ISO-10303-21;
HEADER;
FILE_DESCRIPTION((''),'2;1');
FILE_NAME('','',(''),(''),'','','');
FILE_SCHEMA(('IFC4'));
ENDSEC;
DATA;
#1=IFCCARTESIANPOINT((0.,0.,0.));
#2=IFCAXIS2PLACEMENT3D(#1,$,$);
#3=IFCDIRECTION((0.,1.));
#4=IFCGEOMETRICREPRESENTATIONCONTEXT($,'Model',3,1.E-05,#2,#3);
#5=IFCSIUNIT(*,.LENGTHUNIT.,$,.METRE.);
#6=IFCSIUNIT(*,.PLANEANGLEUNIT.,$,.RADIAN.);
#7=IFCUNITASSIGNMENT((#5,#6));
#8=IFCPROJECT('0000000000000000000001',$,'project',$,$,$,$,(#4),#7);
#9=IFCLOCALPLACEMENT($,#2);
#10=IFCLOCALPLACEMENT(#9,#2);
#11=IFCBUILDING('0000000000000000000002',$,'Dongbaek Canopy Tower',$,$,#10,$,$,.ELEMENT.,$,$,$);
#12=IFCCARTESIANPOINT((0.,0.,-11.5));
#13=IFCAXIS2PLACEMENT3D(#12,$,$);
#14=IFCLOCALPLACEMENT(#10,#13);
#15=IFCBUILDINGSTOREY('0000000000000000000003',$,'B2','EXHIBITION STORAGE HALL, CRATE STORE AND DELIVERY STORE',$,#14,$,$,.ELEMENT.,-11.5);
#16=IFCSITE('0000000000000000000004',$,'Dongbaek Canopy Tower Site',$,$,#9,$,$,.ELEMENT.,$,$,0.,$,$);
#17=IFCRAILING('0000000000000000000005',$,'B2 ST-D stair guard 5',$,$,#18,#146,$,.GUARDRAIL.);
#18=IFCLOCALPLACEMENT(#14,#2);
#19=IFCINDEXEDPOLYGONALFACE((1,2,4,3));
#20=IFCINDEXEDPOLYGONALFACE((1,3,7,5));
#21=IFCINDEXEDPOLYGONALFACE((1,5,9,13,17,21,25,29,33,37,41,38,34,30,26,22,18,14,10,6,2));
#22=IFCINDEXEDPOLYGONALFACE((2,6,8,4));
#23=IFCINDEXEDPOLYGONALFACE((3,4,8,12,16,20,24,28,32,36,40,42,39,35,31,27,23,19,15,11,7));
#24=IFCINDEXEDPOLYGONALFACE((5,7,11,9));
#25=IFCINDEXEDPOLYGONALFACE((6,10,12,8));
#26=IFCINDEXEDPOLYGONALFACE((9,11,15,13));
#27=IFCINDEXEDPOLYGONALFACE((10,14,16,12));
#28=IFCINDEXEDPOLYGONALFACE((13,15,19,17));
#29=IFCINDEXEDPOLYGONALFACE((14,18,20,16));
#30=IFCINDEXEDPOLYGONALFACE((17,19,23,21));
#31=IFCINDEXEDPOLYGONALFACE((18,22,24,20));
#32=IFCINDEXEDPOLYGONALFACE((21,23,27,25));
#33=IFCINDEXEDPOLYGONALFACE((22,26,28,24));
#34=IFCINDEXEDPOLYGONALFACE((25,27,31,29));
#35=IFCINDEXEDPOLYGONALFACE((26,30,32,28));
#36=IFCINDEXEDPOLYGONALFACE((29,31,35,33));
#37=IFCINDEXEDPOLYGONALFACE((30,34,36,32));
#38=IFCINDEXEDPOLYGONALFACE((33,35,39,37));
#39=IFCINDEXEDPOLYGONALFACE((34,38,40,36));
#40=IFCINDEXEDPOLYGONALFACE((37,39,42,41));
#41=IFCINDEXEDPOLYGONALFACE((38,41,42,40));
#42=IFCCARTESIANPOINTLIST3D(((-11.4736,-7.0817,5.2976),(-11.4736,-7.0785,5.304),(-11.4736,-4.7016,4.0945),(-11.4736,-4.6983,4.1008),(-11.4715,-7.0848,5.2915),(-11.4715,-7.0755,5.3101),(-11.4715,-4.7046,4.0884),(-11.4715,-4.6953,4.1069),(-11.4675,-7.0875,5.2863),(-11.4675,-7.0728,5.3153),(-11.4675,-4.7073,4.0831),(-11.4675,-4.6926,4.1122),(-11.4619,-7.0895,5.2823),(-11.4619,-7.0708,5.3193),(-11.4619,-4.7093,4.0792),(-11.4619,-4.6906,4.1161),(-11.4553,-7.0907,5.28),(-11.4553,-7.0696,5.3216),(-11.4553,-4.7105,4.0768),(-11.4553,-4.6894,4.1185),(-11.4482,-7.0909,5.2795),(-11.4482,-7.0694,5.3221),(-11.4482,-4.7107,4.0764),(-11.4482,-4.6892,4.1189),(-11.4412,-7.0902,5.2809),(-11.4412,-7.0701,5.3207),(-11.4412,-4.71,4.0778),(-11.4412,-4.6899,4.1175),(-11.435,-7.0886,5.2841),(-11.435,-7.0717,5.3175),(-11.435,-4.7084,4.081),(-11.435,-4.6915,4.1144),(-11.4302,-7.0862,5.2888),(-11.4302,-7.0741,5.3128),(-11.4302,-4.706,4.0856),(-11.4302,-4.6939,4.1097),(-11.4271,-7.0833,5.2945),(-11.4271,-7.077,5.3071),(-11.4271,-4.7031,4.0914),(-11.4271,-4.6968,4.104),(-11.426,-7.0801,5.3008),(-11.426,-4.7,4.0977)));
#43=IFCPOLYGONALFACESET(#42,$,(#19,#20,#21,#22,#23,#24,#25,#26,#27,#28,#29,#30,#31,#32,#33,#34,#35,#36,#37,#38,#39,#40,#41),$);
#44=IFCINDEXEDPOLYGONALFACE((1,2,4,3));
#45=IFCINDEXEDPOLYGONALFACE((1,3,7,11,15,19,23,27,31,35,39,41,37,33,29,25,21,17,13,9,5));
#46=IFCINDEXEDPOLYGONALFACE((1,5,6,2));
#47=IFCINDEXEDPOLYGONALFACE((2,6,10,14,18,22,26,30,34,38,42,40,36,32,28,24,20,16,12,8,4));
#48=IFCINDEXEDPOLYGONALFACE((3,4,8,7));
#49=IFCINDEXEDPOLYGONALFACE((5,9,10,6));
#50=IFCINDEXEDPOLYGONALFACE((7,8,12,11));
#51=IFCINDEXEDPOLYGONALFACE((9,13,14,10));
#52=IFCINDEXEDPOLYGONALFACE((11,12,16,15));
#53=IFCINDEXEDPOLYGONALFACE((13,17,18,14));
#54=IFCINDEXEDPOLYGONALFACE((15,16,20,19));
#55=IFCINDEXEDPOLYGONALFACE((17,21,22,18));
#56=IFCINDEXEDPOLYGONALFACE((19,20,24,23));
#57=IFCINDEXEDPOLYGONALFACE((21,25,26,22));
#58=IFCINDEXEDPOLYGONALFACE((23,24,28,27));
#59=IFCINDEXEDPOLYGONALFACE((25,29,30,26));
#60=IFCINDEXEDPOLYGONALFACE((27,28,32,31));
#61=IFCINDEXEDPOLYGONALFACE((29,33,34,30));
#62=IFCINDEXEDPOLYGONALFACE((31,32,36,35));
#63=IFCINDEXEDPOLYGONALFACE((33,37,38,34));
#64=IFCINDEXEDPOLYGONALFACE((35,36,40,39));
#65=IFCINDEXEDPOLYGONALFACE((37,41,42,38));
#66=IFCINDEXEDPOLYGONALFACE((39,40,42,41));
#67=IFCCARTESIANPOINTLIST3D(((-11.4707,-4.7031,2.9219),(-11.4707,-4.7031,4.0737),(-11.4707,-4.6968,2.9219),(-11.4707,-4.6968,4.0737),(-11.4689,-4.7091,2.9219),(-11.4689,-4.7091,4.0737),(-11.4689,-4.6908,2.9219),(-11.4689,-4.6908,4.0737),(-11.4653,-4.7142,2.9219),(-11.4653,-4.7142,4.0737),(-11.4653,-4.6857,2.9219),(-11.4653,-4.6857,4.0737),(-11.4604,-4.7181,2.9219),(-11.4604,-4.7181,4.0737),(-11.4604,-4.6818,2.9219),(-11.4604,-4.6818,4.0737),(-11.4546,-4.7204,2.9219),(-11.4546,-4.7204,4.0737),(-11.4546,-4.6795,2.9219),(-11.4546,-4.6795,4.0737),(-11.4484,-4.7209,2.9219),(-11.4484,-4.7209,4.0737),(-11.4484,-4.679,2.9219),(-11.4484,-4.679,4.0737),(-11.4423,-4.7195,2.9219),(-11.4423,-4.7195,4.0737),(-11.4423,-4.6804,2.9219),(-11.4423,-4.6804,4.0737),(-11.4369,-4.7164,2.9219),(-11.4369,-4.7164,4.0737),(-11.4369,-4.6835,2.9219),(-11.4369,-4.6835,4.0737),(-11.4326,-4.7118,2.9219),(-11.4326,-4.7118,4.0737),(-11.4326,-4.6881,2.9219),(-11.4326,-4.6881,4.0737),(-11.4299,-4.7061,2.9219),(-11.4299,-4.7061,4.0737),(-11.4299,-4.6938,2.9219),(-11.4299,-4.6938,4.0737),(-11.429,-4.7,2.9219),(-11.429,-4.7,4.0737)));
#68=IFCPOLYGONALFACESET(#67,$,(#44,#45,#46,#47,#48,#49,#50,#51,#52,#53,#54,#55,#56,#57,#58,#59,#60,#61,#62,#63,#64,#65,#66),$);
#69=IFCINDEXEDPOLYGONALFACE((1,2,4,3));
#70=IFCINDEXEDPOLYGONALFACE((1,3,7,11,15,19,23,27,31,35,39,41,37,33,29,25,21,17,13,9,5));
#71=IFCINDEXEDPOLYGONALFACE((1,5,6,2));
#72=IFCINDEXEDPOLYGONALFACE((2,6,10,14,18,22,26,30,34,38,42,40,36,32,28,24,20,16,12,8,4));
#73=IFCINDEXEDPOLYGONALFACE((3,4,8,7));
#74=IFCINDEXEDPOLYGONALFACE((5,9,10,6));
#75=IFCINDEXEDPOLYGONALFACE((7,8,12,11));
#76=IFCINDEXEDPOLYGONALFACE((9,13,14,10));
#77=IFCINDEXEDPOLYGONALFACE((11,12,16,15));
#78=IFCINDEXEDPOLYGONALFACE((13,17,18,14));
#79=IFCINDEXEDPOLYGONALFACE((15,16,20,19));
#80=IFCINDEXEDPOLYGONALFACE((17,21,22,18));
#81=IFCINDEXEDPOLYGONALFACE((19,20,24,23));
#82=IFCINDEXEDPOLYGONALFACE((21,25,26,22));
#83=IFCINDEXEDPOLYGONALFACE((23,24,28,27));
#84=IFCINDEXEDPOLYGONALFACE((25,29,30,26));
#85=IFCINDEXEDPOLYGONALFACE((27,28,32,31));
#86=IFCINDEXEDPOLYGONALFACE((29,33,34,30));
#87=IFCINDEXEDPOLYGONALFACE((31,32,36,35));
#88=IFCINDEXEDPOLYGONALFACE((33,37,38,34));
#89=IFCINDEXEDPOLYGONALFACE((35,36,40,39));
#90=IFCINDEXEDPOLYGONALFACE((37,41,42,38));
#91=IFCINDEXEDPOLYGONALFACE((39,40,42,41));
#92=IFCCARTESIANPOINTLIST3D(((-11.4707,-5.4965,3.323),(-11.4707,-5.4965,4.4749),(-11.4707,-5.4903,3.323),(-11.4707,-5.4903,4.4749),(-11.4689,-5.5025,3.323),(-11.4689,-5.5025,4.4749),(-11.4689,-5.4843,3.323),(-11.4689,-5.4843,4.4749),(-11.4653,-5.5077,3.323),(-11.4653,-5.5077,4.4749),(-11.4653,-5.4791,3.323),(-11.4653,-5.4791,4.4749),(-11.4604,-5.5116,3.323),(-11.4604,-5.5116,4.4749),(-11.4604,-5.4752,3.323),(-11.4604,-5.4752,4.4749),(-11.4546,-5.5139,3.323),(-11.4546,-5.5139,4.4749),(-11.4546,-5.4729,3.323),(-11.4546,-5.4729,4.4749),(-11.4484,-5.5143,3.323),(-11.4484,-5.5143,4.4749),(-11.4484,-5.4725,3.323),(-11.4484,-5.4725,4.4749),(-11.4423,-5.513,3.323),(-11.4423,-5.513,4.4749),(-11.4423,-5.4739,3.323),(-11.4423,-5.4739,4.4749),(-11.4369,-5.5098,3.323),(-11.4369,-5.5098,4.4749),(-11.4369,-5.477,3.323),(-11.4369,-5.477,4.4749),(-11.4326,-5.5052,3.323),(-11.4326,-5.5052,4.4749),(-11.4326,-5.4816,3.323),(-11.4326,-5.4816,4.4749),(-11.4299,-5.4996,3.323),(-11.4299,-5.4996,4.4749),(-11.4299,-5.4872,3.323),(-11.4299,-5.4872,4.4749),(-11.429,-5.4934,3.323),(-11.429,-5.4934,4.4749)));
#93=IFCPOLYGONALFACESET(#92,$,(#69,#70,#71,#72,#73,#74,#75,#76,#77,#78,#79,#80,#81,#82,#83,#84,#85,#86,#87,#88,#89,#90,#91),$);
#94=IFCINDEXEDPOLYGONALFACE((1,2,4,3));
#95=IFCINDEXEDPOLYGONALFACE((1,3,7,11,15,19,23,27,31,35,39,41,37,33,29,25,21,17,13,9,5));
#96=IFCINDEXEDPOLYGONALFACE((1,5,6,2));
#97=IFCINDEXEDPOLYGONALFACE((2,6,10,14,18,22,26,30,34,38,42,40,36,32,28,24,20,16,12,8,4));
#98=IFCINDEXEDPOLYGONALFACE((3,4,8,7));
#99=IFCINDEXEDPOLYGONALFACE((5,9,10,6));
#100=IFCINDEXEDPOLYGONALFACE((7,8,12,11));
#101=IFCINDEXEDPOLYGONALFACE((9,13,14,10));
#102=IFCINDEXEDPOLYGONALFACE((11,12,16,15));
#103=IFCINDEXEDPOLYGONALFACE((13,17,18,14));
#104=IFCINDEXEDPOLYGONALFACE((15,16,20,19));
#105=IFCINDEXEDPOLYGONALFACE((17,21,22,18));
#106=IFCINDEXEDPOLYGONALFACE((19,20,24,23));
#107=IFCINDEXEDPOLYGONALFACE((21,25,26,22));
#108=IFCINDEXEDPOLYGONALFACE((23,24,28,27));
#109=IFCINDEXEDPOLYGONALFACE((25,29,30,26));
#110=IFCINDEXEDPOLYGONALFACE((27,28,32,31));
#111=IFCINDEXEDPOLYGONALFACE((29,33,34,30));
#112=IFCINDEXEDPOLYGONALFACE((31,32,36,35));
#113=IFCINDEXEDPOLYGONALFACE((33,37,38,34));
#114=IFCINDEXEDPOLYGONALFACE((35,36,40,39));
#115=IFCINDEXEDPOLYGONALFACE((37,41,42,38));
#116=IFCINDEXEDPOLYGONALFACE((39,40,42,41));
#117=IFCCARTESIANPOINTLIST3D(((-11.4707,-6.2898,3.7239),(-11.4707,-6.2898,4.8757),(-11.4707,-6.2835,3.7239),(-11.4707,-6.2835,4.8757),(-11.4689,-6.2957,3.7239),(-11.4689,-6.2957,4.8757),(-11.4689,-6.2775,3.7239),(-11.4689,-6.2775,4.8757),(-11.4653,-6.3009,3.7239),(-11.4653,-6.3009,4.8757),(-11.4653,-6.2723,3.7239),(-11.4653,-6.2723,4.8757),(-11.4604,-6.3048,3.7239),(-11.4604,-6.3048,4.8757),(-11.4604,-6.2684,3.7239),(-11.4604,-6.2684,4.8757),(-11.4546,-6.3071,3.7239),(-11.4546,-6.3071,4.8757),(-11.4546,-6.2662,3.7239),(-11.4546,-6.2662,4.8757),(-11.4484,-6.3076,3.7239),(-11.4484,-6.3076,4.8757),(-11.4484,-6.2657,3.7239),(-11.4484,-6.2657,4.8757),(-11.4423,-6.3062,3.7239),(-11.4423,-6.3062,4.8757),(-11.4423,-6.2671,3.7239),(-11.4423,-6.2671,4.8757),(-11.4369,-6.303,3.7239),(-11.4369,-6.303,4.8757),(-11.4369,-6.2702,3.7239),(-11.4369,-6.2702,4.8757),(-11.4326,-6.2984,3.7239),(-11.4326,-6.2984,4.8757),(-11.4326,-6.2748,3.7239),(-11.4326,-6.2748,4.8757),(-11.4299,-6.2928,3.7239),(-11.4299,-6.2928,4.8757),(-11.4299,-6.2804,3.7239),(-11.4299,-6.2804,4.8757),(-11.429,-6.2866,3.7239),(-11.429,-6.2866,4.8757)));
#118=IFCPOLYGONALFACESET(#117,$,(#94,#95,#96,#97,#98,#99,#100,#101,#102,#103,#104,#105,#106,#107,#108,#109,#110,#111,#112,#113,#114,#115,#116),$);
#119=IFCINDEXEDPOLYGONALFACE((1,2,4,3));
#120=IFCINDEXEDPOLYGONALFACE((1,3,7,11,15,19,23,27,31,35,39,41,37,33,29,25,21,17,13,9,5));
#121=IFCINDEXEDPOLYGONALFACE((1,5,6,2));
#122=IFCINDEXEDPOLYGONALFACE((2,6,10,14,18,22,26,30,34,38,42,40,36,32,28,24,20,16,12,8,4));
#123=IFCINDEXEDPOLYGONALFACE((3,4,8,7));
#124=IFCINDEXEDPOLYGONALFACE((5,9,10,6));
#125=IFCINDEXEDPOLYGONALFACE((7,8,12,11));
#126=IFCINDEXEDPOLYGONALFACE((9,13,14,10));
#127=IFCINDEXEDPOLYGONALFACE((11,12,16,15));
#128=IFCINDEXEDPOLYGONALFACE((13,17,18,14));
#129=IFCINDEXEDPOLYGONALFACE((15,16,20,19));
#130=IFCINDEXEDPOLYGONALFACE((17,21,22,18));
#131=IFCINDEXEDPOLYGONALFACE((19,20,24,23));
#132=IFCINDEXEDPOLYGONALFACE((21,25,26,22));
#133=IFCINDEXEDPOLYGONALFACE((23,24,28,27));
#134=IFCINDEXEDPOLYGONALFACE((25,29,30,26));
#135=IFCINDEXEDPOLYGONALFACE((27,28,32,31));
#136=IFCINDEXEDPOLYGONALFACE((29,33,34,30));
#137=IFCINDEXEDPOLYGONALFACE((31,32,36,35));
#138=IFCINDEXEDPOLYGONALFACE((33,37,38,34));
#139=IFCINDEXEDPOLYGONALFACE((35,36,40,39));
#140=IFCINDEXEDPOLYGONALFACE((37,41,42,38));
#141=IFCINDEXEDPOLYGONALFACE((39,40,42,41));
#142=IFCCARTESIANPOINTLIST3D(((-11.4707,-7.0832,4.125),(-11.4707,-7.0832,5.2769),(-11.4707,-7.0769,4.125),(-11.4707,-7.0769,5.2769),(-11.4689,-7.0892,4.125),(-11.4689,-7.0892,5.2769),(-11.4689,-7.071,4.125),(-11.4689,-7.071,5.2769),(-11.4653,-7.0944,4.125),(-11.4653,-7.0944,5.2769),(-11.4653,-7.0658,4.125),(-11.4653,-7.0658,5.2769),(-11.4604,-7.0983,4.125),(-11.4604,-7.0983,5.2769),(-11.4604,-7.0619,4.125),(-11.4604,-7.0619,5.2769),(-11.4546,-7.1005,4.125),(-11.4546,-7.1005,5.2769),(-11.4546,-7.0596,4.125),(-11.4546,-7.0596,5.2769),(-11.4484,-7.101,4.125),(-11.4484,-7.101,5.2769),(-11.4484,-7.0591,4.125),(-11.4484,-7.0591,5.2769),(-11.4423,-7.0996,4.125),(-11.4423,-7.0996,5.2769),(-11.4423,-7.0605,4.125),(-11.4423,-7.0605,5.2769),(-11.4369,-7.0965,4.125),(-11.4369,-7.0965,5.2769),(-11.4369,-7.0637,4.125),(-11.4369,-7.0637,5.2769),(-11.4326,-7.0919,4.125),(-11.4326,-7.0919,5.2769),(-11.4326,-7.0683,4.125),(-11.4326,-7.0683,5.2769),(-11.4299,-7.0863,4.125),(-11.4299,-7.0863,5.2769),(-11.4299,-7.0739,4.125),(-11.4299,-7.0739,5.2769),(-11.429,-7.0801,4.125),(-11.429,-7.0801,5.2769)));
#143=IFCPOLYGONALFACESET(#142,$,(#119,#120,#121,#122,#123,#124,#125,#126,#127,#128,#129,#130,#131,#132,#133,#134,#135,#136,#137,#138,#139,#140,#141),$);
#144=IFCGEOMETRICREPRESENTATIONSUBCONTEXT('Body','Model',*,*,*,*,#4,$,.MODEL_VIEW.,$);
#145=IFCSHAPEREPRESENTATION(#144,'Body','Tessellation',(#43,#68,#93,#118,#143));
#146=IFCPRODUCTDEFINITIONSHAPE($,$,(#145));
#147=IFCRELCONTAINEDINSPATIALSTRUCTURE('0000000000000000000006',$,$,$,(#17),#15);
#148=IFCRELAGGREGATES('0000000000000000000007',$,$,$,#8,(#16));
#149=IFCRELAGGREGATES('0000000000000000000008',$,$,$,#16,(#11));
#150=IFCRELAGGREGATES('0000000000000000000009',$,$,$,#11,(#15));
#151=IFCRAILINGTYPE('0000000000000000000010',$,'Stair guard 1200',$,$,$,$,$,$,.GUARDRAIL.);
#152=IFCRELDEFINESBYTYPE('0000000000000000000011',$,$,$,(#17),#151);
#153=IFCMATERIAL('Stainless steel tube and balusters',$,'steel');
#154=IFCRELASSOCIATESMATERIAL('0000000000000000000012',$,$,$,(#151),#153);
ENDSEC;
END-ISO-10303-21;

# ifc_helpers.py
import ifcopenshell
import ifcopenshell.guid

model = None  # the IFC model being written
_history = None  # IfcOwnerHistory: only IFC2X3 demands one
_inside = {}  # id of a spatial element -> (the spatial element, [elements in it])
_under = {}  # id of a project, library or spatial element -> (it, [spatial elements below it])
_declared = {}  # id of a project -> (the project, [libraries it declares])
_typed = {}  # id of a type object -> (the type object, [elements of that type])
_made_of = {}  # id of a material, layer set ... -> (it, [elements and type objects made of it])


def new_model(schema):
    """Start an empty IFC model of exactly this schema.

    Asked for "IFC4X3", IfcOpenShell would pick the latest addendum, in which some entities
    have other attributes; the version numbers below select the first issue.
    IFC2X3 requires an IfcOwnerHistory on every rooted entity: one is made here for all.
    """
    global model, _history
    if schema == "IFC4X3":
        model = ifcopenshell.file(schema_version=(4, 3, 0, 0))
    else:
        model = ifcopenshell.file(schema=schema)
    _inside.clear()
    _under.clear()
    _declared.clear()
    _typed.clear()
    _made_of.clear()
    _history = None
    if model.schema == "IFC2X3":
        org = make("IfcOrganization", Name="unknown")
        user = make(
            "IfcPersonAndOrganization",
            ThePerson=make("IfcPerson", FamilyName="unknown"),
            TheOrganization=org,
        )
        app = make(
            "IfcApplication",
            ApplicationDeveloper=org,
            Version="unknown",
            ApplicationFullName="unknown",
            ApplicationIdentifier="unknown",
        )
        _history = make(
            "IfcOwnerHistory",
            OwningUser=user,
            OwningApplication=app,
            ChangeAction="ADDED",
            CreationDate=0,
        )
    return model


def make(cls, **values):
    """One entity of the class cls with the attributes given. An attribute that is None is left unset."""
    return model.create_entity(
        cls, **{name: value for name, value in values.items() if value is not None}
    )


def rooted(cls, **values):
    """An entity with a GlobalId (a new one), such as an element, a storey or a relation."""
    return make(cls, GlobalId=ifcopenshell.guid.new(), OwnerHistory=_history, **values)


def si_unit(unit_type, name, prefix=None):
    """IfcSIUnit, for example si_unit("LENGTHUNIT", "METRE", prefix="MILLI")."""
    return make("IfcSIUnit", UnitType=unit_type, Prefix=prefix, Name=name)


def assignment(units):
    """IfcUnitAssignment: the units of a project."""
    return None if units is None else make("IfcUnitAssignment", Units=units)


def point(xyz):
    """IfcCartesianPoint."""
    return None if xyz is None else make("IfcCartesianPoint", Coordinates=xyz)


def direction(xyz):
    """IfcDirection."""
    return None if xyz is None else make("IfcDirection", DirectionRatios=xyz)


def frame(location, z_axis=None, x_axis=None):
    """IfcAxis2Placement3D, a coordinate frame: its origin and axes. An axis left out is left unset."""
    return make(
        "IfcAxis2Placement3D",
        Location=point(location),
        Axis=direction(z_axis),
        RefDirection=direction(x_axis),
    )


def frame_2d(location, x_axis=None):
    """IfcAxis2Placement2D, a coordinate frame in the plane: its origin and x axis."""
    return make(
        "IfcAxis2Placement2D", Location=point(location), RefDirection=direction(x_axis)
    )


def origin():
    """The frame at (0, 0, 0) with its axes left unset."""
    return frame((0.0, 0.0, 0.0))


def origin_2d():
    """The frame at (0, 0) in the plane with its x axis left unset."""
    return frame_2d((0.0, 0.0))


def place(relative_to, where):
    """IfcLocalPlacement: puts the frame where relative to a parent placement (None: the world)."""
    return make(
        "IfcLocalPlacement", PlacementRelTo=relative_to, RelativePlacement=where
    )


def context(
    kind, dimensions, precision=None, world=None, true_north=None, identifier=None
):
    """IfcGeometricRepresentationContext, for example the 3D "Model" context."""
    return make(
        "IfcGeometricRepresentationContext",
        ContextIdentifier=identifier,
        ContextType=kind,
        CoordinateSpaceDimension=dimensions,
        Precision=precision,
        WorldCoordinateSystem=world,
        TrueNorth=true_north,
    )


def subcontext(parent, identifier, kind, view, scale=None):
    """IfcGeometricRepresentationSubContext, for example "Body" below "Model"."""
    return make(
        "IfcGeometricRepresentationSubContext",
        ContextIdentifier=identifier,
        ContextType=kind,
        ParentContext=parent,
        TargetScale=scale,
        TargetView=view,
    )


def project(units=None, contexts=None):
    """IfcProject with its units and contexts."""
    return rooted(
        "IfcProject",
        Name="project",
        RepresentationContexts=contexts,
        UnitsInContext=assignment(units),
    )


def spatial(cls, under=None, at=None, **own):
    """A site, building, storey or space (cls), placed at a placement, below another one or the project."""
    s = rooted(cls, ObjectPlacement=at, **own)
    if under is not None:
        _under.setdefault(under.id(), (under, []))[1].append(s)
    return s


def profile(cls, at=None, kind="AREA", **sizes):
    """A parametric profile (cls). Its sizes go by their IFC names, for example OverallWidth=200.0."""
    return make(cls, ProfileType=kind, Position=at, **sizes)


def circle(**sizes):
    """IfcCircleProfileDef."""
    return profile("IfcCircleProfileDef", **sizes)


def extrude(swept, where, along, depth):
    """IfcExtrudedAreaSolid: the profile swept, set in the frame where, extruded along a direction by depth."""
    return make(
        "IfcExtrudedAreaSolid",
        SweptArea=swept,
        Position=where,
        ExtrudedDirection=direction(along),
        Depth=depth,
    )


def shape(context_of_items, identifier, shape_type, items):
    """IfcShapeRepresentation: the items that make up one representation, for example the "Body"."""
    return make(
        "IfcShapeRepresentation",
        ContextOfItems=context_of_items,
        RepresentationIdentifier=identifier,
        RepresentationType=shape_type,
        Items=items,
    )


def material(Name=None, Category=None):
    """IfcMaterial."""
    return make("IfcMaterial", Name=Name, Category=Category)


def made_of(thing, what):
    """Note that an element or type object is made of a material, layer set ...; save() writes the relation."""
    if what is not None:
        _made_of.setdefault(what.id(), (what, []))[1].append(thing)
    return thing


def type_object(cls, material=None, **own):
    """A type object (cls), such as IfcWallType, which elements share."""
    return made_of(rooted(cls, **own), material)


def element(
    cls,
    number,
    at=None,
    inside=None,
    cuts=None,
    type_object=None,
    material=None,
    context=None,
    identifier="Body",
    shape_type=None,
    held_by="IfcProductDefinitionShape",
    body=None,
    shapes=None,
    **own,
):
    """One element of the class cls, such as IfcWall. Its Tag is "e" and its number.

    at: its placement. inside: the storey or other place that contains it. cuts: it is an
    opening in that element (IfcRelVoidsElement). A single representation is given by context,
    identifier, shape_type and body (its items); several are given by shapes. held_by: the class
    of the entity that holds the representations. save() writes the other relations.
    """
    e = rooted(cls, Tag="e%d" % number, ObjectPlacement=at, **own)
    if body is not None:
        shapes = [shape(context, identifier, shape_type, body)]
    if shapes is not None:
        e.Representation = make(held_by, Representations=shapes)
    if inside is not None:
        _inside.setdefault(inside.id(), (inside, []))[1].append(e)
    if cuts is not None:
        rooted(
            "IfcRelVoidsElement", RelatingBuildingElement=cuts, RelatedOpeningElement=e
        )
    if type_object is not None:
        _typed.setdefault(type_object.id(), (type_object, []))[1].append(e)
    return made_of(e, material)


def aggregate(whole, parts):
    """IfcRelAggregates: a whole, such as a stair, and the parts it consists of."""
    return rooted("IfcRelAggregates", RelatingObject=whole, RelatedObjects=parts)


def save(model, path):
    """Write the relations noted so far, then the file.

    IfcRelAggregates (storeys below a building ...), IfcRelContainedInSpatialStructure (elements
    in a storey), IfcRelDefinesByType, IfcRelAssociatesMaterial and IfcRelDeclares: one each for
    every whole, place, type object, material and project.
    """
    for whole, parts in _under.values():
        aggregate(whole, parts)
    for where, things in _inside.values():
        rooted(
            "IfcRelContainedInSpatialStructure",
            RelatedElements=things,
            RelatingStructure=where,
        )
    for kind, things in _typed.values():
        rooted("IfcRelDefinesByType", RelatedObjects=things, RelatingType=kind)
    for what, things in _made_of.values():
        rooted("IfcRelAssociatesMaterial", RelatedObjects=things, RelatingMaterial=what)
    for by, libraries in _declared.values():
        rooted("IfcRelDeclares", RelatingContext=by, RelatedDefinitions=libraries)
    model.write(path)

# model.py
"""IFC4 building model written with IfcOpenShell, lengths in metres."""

from ifc_helpers import new_model, si_unit, direction, frame, origin, origin_2d, place, context, subcontext, project, spatial, circle, extrude, material, type_object, element, save


model = new_model("IFC4")

# Units and contexts
model_context = context("Model", 3, precision=1e-05, world=origin(), true_north=direction((0.0, 1.0)))
body_context = subcontext(model_context, "Body", "Model", "MODEL_VIEW")
ifc_project = project(units=[si_unit("LENGTHUNIT", "METRE"), si_unit("PLANEANGLEUNIT", "RADIAN")], contexts=[model_context])

# Site, building, storey
site_placement = place(None, origin())
site = spatial("IfcSite", under=ifc_project, at=site_placement, Name="Dongbaek Canopy Tower Site", CompositionType="ELEMENT", RefElevation=0.0)
building_placement = place(site_placement, origin())
building = spatial("IfcBuilding", under=site, at=building_placement, Name="Dongbaek Canopy Tower", CompositionType="ELEMENT")
storey_placement = place(building_placement, frame((0.0, 0.0, -11.5)))
storey = spatial("IfcBuildingStorey", under=building, at=storey_placement, Name="B2", Description="EXHIBITION STORAGE HALL, CRATE STORE AND DELIVERY STORE", CompositionType="ELEMENT", Elevation=-11.5)

# Railing
ifc_material_1 = material(Name="Stainless steel tube and balusters", Category="steel")
railing_type_1 = type_object("IfcRailingType", Name="Stair guard 1200", PredefinedType="GUARDRAIL", material=ifc_material_1)
railing_1_placement = place(storey_placement, frame((-11.45, -4.7, 2.9219)))
element("IfcRailing", 1, at=railing_1_placement, inside=storey, type_object=railing_type_1, Name="B2 ST-D stair guard 5", PredefinedType="GUARDRAIL", context=body_context, shape_type="SweptSolid", body=[
    extrude(circle(Radius=0.0239, at=origin_2d()), frame((0.0, 0.0, 1.1758), z_axis=(0.0, -0.89246, 0.451127), x_axis=(1.0, 0.0, 0.0)), (0.0, 0.0, 1.0), 2.667),
    extrude(circle(Radius=0.021, at=origin_2d()), origin(), (0.0, 0.0, 1.0), 1.1519),
    extrude(circle(Radius=0.021, at=origin_2d()), frame((0.0, -0.7935, 0.4011)), (0.0, 0.0, 1.0), 1.1519),
    extrude(circle(Radius=0.021, at=origin_2d()), frame((0.0, -1.5867, 0.802)), (0.0, 0.0, 1.0), 1.1519),
    extrude(circle(Radius=0.021, at=origin_2d()), frame((0.0, -2.3801, 1.2031)), (0.0, 0.0, 1.0), 1.1519),
])

save(model, "model.ifc")
